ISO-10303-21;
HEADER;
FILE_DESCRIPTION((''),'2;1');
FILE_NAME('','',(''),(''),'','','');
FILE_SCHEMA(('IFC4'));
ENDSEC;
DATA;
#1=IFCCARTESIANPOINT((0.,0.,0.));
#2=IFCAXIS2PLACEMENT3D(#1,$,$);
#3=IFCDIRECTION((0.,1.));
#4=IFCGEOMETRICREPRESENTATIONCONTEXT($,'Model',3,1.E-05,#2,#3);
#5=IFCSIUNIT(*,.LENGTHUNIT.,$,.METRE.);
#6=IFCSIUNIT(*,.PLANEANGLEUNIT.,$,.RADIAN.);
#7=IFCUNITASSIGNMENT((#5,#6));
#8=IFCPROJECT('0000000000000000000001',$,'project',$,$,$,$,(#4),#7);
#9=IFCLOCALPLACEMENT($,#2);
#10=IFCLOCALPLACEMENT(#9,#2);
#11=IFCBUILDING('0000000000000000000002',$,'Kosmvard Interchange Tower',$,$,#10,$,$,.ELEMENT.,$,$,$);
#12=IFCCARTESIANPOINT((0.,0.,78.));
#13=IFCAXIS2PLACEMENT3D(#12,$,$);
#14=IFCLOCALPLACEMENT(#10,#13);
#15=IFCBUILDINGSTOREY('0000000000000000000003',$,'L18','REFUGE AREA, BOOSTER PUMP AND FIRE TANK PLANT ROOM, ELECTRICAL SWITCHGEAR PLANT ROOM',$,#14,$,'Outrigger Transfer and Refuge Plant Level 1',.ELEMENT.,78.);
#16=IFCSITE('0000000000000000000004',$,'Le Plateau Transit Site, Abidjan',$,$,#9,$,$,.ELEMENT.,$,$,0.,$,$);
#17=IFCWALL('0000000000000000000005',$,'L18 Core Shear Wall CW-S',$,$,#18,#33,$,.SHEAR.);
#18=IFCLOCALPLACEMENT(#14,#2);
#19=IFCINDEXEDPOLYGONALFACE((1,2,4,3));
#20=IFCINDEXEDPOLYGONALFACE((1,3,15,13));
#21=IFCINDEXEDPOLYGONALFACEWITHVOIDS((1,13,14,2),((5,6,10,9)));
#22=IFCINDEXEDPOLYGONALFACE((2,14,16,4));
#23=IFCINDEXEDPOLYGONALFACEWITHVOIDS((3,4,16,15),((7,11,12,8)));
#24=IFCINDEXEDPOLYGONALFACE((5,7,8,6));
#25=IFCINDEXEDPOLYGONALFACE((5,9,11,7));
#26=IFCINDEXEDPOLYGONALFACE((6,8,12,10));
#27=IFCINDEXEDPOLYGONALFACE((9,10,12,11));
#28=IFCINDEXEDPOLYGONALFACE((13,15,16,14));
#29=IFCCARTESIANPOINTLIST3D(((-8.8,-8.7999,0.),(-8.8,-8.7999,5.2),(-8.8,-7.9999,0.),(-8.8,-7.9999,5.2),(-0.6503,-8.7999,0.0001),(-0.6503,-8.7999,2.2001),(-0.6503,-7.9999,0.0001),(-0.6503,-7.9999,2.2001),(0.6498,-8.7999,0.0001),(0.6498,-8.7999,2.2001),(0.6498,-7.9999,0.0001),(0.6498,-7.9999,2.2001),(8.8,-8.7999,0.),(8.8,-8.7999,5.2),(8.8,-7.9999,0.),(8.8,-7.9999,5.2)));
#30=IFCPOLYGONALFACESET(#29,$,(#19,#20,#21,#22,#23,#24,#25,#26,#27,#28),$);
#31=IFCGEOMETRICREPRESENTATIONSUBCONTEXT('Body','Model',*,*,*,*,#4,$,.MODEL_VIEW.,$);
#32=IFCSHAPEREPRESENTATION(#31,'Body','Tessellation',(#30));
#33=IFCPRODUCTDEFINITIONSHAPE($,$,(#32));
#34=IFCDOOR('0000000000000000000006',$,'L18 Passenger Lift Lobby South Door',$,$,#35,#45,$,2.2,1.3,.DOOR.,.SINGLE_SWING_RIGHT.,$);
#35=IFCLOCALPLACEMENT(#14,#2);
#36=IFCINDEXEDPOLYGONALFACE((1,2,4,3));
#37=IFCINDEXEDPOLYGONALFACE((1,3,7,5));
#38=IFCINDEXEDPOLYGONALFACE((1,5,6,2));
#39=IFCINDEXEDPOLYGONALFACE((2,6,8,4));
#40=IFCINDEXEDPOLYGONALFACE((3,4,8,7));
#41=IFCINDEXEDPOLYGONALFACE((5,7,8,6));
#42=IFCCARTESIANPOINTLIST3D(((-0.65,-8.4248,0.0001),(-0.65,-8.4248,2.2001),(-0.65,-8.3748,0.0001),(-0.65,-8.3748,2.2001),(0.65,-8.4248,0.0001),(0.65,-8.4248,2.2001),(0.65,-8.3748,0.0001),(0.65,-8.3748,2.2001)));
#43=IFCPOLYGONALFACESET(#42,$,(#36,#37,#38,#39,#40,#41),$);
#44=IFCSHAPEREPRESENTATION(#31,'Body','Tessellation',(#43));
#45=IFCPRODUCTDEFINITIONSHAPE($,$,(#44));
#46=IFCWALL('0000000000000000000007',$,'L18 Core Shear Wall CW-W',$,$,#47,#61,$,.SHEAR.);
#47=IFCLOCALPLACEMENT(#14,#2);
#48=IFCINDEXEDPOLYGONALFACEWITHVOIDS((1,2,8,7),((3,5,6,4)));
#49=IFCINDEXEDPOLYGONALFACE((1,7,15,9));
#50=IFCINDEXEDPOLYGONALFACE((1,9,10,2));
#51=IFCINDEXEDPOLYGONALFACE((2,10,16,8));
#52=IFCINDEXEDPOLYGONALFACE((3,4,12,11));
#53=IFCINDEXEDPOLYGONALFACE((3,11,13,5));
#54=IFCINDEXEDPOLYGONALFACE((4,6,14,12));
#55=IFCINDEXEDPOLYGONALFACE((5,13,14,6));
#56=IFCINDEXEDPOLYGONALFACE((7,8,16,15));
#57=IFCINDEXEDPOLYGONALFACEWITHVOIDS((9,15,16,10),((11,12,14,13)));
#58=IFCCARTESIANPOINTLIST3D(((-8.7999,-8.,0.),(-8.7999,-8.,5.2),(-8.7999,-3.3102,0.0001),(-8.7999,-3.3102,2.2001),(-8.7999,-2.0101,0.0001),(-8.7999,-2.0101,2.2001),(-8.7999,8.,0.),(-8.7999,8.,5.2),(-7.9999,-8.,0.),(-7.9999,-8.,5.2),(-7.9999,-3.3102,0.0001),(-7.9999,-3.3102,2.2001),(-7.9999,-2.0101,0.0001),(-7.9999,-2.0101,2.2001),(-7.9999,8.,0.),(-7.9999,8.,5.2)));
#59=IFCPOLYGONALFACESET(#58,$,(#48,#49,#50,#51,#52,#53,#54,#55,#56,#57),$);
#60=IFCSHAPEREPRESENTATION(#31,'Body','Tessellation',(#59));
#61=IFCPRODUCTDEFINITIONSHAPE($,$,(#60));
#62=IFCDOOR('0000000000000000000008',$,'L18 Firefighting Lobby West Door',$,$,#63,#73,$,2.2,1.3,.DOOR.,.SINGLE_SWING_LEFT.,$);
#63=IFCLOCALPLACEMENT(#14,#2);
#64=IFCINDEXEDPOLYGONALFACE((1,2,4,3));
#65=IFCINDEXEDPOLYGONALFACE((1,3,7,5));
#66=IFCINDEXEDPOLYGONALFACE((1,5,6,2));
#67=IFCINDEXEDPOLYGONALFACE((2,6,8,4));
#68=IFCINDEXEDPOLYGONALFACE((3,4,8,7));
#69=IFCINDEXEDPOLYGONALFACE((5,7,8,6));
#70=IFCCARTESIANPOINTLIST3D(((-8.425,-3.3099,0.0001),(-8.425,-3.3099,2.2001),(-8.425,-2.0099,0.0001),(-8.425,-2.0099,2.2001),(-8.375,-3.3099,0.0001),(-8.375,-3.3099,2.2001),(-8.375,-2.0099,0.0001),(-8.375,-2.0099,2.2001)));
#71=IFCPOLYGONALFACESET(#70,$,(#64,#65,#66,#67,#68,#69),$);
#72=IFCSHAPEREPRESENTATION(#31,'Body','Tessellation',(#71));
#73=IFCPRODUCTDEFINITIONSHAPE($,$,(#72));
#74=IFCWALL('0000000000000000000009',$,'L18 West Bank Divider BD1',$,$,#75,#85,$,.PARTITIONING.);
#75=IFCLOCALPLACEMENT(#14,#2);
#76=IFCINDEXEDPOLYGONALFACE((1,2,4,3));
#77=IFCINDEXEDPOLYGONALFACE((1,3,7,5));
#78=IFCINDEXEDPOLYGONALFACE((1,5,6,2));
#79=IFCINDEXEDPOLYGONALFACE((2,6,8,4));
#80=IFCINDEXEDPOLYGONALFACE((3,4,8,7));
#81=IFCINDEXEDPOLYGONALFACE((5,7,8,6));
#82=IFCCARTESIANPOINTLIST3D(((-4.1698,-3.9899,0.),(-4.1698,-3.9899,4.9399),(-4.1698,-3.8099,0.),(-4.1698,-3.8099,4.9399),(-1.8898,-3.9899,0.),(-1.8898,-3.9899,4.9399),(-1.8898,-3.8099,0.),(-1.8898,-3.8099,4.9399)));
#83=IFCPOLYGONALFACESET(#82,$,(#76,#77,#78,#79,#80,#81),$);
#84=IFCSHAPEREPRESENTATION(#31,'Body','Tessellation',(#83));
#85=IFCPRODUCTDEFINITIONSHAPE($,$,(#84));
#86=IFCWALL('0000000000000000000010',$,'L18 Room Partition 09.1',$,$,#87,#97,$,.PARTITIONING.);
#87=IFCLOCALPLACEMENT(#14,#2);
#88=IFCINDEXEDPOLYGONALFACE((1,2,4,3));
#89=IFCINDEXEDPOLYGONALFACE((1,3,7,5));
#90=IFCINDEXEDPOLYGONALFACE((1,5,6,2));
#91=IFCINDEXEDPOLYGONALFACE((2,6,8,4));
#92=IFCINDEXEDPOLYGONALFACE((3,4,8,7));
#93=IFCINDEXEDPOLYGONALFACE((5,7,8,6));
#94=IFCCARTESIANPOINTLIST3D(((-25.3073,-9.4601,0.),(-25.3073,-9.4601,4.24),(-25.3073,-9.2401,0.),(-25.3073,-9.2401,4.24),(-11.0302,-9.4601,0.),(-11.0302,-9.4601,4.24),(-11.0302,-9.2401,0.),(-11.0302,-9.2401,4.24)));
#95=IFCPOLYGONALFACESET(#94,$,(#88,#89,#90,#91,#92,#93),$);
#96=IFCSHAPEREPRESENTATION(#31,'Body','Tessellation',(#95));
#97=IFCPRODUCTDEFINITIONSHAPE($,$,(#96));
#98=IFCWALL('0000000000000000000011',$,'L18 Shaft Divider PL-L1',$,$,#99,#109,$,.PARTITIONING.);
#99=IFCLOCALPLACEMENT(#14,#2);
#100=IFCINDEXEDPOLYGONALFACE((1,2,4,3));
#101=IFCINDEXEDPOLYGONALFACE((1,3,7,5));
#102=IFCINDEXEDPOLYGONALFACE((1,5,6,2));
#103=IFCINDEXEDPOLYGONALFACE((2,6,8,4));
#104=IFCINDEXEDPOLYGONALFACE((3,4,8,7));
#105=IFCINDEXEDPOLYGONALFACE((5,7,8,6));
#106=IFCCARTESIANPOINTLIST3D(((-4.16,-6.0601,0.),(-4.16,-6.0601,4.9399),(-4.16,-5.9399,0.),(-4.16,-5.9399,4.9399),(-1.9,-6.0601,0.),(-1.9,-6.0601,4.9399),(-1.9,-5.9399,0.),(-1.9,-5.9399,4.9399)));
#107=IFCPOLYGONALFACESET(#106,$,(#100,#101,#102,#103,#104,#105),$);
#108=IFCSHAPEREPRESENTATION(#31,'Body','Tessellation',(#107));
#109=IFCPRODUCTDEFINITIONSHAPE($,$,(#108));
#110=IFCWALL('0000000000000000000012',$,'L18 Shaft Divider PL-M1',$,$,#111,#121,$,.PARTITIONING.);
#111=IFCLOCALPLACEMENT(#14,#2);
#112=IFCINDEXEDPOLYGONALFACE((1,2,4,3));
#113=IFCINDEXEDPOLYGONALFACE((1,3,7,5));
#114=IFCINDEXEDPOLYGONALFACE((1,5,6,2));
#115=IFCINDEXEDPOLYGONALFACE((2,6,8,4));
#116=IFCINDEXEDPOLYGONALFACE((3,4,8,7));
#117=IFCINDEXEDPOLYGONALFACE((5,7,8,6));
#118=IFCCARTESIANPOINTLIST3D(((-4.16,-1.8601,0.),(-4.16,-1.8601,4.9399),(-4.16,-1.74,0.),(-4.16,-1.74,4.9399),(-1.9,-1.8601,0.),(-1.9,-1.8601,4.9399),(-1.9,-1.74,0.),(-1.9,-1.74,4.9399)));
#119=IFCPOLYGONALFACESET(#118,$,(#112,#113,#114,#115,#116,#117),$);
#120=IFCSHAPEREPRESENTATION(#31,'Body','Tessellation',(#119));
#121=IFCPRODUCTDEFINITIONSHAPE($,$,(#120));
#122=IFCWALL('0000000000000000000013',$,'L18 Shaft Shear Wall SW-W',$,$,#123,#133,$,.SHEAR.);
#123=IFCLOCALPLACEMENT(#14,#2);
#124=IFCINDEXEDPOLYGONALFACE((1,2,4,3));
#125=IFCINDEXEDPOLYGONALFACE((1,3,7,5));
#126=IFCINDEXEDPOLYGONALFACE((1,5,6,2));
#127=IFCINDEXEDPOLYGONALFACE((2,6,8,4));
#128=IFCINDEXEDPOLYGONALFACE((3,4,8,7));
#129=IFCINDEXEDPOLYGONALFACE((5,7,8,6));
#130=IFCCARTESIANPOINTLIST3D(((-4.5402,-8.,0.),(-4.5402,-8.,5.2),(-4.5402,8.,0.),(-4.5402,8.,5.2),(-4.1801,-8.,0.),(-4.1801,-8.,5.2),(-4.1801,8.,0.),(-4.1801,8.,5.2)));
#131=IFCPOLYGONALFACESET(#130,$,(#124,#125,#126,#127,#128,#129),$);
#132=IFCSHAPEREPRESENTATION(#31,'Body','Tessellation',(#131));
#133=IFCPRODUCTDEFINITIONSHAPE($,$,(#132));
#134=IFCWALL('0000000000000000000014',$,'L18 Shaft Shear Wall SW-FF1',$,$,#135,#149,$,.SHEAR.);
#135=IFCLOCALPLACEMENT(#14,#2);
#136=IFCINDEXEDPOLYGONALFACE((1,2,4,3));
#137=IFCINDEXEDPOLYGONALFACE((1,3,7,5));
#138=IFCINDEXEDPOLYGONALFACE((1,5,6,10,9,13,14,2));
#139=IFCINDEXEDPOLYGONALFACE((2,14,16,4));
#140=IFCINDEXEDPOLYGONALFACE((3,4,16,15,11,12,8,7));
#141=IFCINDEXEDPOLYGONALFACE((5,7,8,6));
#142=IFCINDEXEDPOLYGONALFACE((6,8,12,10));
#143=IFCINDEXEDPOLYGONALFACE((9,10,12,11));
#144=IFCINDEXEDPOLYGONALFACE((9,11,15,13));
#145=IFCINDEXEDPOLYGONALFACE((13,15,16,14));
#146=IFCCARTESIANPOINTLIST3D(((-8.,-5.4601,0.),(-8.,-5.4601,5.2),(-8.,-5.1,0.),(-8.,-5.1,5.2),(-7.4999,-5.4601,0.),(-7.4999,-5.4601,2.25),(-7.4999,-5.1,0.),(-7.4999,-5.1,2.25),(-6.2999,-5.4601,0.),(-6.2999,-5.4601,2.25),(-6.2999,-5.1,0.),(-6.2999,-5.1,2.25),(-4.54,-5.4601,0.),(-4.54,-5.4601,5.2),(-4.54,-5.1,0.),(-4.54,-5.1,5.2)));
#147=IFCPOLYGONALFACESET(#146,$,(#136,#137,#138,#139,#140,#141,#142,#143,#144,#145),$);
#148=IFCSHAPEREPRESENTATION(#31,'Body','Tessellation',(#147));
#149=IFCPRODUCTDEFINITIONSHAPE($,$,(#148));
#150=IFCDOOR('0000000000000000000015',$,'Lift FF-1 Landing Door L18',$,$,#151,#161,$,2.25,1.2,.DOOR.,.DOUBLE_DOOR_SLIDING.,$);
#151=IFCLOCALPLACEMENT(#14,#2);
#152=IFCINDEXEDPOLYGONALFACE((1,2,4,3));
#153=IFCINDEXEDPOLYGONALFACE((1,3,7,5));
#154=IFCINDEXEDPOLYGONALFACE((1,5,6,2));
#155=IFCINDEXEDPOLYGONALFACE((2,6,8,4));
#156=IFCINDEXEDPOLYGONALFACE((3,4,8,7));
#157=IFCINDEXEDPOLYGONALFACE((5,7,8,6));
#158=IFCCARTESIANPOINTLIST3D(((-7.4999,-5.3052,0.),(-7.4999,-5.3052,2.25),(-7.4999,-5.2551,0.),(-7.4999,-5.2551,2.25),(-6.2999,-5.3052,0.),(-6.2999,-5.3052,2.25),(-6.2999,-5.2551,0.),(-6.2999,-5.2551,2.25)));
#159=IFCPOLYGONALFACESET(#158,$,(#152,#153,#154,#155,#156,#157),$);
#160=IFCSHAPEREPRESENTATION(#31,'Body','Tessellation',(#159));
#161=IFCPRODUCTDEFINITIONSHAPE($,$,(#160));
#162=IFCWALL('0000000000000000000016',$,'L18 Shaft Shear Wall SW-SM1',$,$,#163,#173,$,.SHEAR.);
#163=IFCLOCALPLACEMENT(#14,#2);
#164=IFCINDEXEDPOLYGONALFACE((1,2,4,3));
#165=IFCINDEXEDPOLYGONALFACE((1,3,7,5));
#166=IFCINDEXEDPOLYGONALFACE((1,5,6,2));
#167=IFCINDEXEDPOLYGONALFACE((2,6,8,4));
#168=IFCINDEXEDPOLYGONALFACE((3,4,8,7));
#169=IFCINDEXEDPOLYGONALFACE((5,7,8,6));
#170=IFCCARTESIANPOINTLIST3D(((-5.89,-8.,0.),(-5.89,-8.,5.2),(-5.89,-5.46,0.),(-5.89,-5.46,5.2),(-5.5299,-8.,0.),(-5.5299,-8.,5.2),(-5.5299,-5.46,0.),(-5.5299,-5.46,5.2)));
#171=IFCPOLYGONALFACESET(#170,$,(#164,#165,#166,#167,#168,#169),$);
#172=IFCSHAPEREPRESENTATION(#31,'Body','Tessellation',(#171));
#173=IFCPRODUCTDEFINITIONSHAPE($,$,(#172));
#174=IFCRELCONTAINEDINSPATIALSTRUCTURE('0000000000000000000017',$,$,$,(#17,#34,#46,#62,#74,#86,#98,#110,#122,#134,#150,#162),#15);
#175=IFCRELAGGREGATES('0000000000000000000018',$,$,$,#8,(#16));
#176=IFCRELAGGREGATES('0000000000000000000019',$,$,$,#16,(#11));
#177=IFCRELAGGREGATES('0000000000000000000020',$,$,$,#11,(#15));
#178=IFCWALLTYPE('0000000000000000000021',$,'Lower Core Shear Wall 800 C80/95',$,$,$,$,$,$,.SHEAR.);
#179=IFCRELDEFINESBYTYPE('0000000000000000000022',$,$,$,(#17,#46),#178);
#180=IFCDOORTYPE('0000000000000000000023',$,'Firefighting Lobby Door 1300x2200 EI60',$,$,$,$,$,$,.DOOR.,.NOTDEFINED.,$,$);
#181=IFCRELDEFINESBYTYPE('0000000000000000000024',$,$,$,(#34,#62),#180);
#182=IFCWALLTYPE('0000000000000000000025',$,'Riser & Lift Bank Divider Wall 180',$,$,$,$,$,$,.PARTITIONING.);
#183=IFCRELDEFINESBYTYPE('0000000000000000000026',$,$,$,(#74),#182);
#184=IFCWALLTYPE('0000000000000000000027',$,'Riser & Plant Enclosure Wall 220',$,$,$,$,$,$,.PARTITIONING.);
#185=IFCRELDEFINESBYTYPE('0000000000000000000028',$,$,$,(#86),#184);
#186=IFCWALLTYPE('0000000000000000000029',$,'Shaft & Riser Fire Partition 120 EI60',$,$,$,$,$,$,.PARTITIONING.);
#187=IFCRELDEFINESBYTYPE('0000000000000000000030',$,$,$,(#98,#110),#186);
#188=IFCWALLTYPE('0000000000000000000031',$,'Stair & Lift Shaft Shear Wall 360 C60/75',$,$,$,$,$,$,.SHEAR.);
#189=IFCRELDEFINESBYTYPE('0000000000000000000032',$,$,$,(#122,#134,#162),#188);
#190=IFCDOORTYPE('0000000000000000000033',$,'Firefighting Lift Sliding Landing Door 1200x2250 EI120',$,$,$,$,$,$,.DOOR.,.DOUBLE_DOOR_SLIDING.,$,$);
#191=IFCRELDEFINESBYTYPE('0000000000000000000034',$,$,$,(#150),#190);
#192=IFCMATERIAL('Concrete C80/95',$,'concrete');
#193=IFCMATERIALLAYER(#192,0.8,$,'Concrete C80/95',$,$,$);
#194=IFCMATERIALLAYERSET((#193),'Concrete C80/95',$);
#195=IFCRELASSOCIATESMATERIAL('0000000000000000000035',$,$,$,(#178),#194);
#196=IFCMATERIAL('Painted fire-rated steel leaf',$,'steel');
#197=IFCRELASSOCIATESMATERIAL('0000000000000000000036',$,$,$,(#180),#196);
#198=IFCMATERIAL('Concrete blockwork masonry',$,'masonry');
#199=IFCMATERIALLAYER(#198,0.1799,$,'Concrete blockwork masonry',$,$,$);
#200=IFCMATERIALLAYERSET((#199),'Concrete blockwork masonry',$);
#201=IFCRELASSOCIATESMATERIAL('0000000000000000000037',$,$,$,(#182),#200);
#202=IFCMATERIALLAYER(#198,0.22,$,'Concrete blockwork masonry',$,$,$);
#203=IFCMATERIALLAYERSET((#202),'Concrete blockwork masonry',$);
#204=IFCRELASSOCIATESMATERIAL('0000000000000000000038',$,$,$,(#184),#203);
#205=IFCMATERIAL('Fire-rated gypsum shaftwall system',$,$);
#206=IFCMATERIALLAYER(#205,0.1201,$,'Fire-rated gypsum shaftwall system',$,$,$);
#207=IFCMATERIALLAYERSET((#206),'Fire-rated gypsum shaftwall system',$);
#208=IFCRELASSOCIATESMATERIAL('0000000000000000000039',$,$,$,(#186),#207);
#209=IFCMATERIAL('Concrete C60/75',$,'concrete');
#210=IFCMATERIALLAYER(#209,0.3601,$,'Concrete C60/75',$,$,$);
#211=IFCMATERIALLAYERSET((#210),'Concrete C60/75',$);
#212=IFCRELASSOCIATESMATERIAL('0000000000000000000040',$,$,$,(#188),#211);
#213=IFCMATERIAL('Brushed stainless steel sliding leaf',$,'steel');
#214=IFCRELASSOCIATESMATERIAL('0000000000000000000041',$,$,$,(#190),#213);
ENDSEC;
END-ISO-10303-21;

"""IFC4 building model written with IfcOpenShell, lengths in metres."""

from ifc_helpers import new_model, si_unit, direction, frame, frame_2d, origin, place, context, subcontext, project, spatial, rectangle, extrude, source, transform, mapped, material, layer, layer_set, type_object, element, fill, save


model = new_model("IFC4")

# Units and contexts
model_context = context("Model", 3, precision=1e-05, world=origin(), true_north=direction((0.0, 1.0)))
body_context = subcontext(model_context, "Body", "Model", "MODEL_VIEW")
ifc_project = project(units=[si_unit("LENGTHUNIT", "METRE"), si_unit("PLANEANGLEUNIT", "RADIAN")], contexts=[model_context])

# Site, building, storey
site_placement = place(None, origin())
site = spatial("IfcSite", under=ifc_project, at=site_placement, Name="Le Plateau Transit Site, Abidjan", CompositionType="ELEMENT", RefElevation=0.0)
building_placement = place(site_placement, origin())
building = spatial("IfcBuilding", under=site, at=building_placement, Name="Kosmvard Interchange Tower", CompositionType="ELEMENT")
storey_placement = place(building_placement, frame((0.0, 0.0, 78.0)))
storey = spatial("IfcBuildingStorey", under=building, at=storey_placement, Name="L18", Description="REFUGE AREA, BOOSTER PUMP AND FIRE TANK PLANT ROOM, ELECTRICAL SWITCHGEAR PLANT ROOM", LongName="Outrigger Transfer and Refuge Plant Level 1", CompositionType="ELEMENT", Elevation=78.0)

# Shared definitions
ifc_material_1 = material(Name="Concrete C80/95", Category="concrete")

# Shared definitions
ifc_material_2 = material(Name="Brushed stainless steel sliding leaf", Category="steel")

# Walls, openings, doors
ifc_material_3 = material(Name="Concrete blockwork masonry", Category="masonry")
ifc_material_4 = material(Name="Painted fire-rated steel leaf", Category="steel")
ifc_layer_1 = layer(ifc_material_1, 0.8, Name="Concrete C80/95")
ifc_layer_set_1 = layer_set([ifc_layer_1], Name="Concrete C80/95")
wall_type_1 = type_object("IfcWallType", Name="Lower Core Shear Wall 800 C80/95", PredefinedType="SHEAR", material=ifc_layer_set_1)
wall_1_placement = place(storey_placement, frame((-8.8, -8.3999, 0.0), z_axis=(0.0, 0.0, 1.0), x_axis=(1.0, 0.0, 0.0)))
wall_1 = element("IfcWall", 1, at=wall_1_placement, inside=storey, type_object=wall_type_1, Name="L18 Core Shear Wall CW-S", PredefinedType="SHEAR", context=body_context, shape_type="SweptSolid", body=[
    extrude(rectangle(XDim=17.6001, YDim=0.8, at=frame_2d((8.8, 0.0))), origin(), (0.0, 0.0, 1.0), 5.2),
])
opening_1_placement = place(wall_1_placement, frame((8.1499, 0.0, 0.0)))
opening_1 = element("IfcOpeningElement", 2, at=opening_1_placement, cuts=wall_1, PredefinedType="OPENING", context=body_context, shape_type="SweptSolid", body=[
    extrude(rectangle(XDim=1.3, YDim=2.2, at=frame_2d((0.6499, 1.1001))), frame((0.0, 0.4102, 0.0), z_axis=(0.0, -1.0, 0.0), x_axis=(1.0, 0.0, 0.0)), (0.0, 0.0, 1.0), 0.8201),
])
door_type_1 = type_object("IfcDoorType", Name="Firefighting Lobby Door 1300x2200 EI60", OperationType="NOTDEFINED", PredefinedType="DOOR", material=ifc_material_4)
shared_shape_1 = source(origin(), body_context, "Body", "SweptSolid", [
    extrude(rectangle(XDim=1.3, YDim=2.2, at=frame_2d((0.6499, 1.1001))), frame((0.0, 0.0249, 0.0), z_axis=(0.0, -1.0, 0.0), x_axis=(1.0, 0.0, 0.0)), (0.0, 0.0, 1.0), 0.05),
])
door_1_placement = place(opening_1_placement, frame((1.3, 0.0, 0.0), z_axis=(0.0, 0.0, 1.0), x_axis=(-1.0, 0.0, 0.0)))
door_1 = element("IfcDoor", 3, at=door_1_placement, inside=storey, type_object=door_type_1, Name="L18 Passenger Lift Lobby South Door", OperationType="SINGLE_SWING_RIGHT", OverallHeight=2.2, OverallWidth=1.3, PredefinedType="DOOR", context=body_context, shape_type="MappedRepresentation", body=[
    mapped(shared_shape_1, transform((0.0, 0.0, 0.0), scale=1.0)),
])
fill(opening_1, door_1)
wall_2_placement = place(storey_placement, frame((-8.3999, -8.0, 0.0), z_axis=(0.0, 0.0, 1.0), x_axis=(0.0, 1.0, 0.0)))
wall_2 = element("IfcWall", 4, at=wall_2_placement, inside=storey, type_object=wall_type_1, Name="L18 Core Shear Wall CW-W", PredefinedType="SHEAR", context=body_context, shape_type="SweptSolid", body=[
    extrude(rectangle(XDim=16.0, YDim=0.8, at=frame_2d((8.0, 0.0))), origin(), (0.0, 0.0, 1.0), 5.2),
])
opening_2_placement = place(wall_2_placement, frame((4.6899, 0.0, 0.0)))
opening_2 = element("IfcOpeningElement", 5, at=opening_2_placement, cuts=wall_2, PredefinedType="OPENING", context=body_context, shape_type="SweptSolid", body=[
    extrude(rectangle(XDim=1.3, YDim=2.2, at=frame_2d((0.6499, 1.1001))), frame((0.0, 0.4102, 0.0), z_axis=(0.0, -1.0, 0.0), x_axis=(1.0, 0.0, 0.0)), (0.0, 0.0, 1.0), 0.8201),
])
door_2_placement = place(opening_2_placement, frame((1.3, 0.0, 0.0), z_axis=(0.0, 0.0, 1.0), x_axis=(-1.0, 0.0, 0.0)))
door_2 = element("IfcDoor", 6, at=door_2_placement, inside=storey, type_object=door_type_1, Name="L18 Firefighting Lobby West Door", OperationType="SINGLE_SWING_LEFT", OverallHeight=2.2, OverallWidth=1.3, PredefinedType="DOOR", context=body_context, shape_type="MappedRepresentation", body=[
    mapped(shared_shape_1, transform((0.0, 0.0, 0.0), scale=1.0)),
])
fill(opening_2, door_2)

# Walls
ifc_layer_2 = layer(ifc_material_3, 0.1799, Name="Concrete blockwork masonry")
ifc_layer_set_2 = layer_set([ifc_layer_2], Name="Concrete blockwork masonry")
wall_type_2 = type_object("IfcWallType", Name="Riser & Lift Bank Divider Wall 180", PredefinedType="PARTITIONING", material=ifc_layer_set_2)
wall_3_placement = place(storey_placement, frame((-4.1699, -3.8999, 0.0), z_axis=(0.0, 0.0, 1.0), x_axis=(1.0, 0.0, 0.0)))
element("IfcWall", 7, at=wall_3_placement, inside=storey, type_object=wall_type_2, Name="L18 West Bank Divider BD1", PredefinedType="PARTITIONING", context=body_context, shape_type="SweptSolid", body=[
    extrude(rectangle(XDim=2.28, YDim=0.1799, at=frame_2d((1.1401, 0.0))), origin(), (0.0, 0.0, 1.0), 4.9399),
])
ifc_layer_3 = layer(ifc_material_3, 0.22, Name="Concrete blockwork masonry")
ifc_layer_set_3 = layer_set([ifc_layer_3], Name="Concrete blockwork masonry")
wall_type_3 = type_object("IfcWallType", Name="Riser & Plant Enclosure Wall 220", PredefinedType="PARTITIONING", material=ifc_layer_set_3)
wall_4_placement = place(storey_placement, frame((-11.03, -9.3501, 0.0), z_axis=(0.0, 0.0, 1.0), x_axis=(-1.0, 0.0, 0.0)))
element("IfcWall", 8, at=wall_4_placement, inside=storey, type_object=wall_type_3, Name="L18 Room Partition 09.1", PredefinedType="PARTITIONING", context=body_context, shape_type="SweptSolid", body=[
    extrude(rectangle(XDim=14.2771, YDim=0.22, at=frame_2d((7.1387, 0.0))), origin(), (0.0, 0.0, 1.0), 4.24),
])
ifc_material_5 = material(Name="Fire-rated gypsum shaftwall system")
ifc_layer_4 = layer(ifc_material_5, 0.1201, Name="Fire-rated gypsum shaftwall system")
ifc_layer_set_4 = layer_set([ifc_layer_4], Name="Fire-rated gypsum shaftwall system")
wall_type_4 = type_object("IfcWallType", Name="Shaft & Riser Fire Partition 120 EI60", PredefinedType="PARTITIONING", material=ifc_layer_set_4)
for number, where, z_axis, x_axis, name in (
    (9, (-4.1599, -6.0, 0.0), (0.0, 0.0, 1.0), (1.0, 0.0, 0.0), "L18 Shaft Divider PL-L1"),
    (10, (-4.1599, -1.8, 0.0), (0.0, 0.0, 1.0), (1.0, 0.0, 0.0), "L18 Shaft Divider PL-M1"),
):
    element("IfcWall", number, at=place(storey_placement, frame(where, z_axis=z_axis, x_axis=x_axis)), inside=storey, type_object=wall_type_4, Name=name, PredefinedType="PARTITIONING", context=body_context, shape_type="SweptSolid", body=[
        extrude(rectangle(XDim=2.26, YDim=0.1201, at=frame_2d((1.1299, 0.0))), origin(), (0.0, 0.0, 1.0), 4.9399),
    ])
ifc_material_6 = material(Name="Concrete C60/75", Category="concrete")
ifc_layer_5 = layer(ifc_material_6, 0.3601, Name="Concrete C60/75")
ifc_layer_set_5 = layer_set([ifc_layer_5], Name="Concrete C60/75")
wall_type_5 = type_object("IfcWallType", Name="Stair & Lift Shaft Shear Wall 360 C60/75", PredefinedType="SHEAR", material=ifc_layer_set_5)
wall_5_placement = place(storey_placement, frame((-4.3601, -8.0, 0.0), z_axis=(0.0, 0.0, 1.0), x_axis=(0.0, 1.0, 0.0)))
element("IfcWall", 11, at=wall_5_placement, inside=storey, type_object=wall_type_5, Name="L18 Shaft Shear Wall SW-W", PredefinedType="SHEAR", context=body_context, shape_type="SweptSolid", body=[
    extrude(rectangle(XDim=16.0, YDim=0.3601, at=frame_2d((8.0, 0.0))), origin(), (0.0, 0.0, 1.0), 5.2),
])

# Wall, opening, door
wall_6_placement = place(storey_placement, frame((-8.0, -5.28, 0.0), z_axis=(0.0, 0.0, 1.0), x_axis=(1.0, 0.0, 0.0)))
wall_6 = element("IfcWall", 12, at=wall_6_placement, inside=storey, type_object=wall_type_5, Name="L18 Shaft Shear Wall SW-FF1", PredefinedType="SHEAR", context=body_context, shape_type="SweptSolid", body=[
    extrude(rectangle(XDim=3.46, YDim=0.3601, at=frame_2d((1.73, 0.0))), origin(), (0.0, 0.0, 1.0), 5.2),
])
opening_3_placement = place(wall_6_placement, frame((0.5, 0.0, 0.0)))
opening_3 = element("IfcOpeningElement", 13, at=opening_3_placement, cuts=wall_6, PredefinedType="OPENING", context=body_context, shape_type="SweptSolid", body=[
    extrude(rectangle(XDim=1.2, YDim=2.25, at=frame_2d((0.6001, 1.125))), frame((0.0, 0.1899, 0.0), z_axis=(0.0, -1.0, 0.0), x_axis=(1.0, 0.0, 0.0)), (0.0, 0.0, 1.0), 0.3801),
])
door_type_2 = type_object("IfcDoorType", Name="Firefighting Lift Sliding Landing Door 1200x2250 EI120", OperationType="DOUBLE_DOOR_SLIDING", PredefinedType="DOOR", material=ifc_material_2)
shared_shape_2 = source(origin(), body_context, "Body", "SweptSolid", [
    extrude(rectangle(XDim=1.2, YDim=2.25, at=frame_2d((0.6001, 1.125))), frame((0.0, 0.0249, 0.0), z_axis=(0.0, -1.0, 0.0), x_axis=(1.0, 0.0, 0.0)), (0.0, 0.0, 1.0), 0.05),
])
door_3_placement = place(opening_3_placement, origin())
door_3 = element("IfcDoor", 14, at=door_3_placement, inside=storey, type_object=door_type_2, Name="Lift FF-1 Landing Door L18", OperationType="DOUBLE_DOOR_SLIDING", OverallHeight=2.25, OverallWidth=1.2, PredefinedType="DOOR", context=body_context, shape_type="MappedRepresentation", body=[
    mapped(shared_shape_2, transform((0.0, 0.0, 0.0), scale=1.0)),
])
fill(opening_3, door_3)

# Wall
wall_7_placement = place(storey_placement, frame((-5.71, -8.0, 0.0), z_axis=(0.0, 0.0, 1.0), x_axis=(0.0, 1.0, 0.0)))
element("IfcWall", 15, at=wall_7_placement, inside=storey, type_object=wall_type_5, Name="L18 Shaft Shear Wall SW-SM1", PredefinedType="SHEAR", context=body_context, shape_type="SweptSolid", body=[
    extrude(rectangle(XDim=2.54, YDim=0.3601, at=frame_2d((1.27, 0.0))), origin(), (0.0, 0.0, 1.0), 5.2),
])

save(model, "model.ifc")
